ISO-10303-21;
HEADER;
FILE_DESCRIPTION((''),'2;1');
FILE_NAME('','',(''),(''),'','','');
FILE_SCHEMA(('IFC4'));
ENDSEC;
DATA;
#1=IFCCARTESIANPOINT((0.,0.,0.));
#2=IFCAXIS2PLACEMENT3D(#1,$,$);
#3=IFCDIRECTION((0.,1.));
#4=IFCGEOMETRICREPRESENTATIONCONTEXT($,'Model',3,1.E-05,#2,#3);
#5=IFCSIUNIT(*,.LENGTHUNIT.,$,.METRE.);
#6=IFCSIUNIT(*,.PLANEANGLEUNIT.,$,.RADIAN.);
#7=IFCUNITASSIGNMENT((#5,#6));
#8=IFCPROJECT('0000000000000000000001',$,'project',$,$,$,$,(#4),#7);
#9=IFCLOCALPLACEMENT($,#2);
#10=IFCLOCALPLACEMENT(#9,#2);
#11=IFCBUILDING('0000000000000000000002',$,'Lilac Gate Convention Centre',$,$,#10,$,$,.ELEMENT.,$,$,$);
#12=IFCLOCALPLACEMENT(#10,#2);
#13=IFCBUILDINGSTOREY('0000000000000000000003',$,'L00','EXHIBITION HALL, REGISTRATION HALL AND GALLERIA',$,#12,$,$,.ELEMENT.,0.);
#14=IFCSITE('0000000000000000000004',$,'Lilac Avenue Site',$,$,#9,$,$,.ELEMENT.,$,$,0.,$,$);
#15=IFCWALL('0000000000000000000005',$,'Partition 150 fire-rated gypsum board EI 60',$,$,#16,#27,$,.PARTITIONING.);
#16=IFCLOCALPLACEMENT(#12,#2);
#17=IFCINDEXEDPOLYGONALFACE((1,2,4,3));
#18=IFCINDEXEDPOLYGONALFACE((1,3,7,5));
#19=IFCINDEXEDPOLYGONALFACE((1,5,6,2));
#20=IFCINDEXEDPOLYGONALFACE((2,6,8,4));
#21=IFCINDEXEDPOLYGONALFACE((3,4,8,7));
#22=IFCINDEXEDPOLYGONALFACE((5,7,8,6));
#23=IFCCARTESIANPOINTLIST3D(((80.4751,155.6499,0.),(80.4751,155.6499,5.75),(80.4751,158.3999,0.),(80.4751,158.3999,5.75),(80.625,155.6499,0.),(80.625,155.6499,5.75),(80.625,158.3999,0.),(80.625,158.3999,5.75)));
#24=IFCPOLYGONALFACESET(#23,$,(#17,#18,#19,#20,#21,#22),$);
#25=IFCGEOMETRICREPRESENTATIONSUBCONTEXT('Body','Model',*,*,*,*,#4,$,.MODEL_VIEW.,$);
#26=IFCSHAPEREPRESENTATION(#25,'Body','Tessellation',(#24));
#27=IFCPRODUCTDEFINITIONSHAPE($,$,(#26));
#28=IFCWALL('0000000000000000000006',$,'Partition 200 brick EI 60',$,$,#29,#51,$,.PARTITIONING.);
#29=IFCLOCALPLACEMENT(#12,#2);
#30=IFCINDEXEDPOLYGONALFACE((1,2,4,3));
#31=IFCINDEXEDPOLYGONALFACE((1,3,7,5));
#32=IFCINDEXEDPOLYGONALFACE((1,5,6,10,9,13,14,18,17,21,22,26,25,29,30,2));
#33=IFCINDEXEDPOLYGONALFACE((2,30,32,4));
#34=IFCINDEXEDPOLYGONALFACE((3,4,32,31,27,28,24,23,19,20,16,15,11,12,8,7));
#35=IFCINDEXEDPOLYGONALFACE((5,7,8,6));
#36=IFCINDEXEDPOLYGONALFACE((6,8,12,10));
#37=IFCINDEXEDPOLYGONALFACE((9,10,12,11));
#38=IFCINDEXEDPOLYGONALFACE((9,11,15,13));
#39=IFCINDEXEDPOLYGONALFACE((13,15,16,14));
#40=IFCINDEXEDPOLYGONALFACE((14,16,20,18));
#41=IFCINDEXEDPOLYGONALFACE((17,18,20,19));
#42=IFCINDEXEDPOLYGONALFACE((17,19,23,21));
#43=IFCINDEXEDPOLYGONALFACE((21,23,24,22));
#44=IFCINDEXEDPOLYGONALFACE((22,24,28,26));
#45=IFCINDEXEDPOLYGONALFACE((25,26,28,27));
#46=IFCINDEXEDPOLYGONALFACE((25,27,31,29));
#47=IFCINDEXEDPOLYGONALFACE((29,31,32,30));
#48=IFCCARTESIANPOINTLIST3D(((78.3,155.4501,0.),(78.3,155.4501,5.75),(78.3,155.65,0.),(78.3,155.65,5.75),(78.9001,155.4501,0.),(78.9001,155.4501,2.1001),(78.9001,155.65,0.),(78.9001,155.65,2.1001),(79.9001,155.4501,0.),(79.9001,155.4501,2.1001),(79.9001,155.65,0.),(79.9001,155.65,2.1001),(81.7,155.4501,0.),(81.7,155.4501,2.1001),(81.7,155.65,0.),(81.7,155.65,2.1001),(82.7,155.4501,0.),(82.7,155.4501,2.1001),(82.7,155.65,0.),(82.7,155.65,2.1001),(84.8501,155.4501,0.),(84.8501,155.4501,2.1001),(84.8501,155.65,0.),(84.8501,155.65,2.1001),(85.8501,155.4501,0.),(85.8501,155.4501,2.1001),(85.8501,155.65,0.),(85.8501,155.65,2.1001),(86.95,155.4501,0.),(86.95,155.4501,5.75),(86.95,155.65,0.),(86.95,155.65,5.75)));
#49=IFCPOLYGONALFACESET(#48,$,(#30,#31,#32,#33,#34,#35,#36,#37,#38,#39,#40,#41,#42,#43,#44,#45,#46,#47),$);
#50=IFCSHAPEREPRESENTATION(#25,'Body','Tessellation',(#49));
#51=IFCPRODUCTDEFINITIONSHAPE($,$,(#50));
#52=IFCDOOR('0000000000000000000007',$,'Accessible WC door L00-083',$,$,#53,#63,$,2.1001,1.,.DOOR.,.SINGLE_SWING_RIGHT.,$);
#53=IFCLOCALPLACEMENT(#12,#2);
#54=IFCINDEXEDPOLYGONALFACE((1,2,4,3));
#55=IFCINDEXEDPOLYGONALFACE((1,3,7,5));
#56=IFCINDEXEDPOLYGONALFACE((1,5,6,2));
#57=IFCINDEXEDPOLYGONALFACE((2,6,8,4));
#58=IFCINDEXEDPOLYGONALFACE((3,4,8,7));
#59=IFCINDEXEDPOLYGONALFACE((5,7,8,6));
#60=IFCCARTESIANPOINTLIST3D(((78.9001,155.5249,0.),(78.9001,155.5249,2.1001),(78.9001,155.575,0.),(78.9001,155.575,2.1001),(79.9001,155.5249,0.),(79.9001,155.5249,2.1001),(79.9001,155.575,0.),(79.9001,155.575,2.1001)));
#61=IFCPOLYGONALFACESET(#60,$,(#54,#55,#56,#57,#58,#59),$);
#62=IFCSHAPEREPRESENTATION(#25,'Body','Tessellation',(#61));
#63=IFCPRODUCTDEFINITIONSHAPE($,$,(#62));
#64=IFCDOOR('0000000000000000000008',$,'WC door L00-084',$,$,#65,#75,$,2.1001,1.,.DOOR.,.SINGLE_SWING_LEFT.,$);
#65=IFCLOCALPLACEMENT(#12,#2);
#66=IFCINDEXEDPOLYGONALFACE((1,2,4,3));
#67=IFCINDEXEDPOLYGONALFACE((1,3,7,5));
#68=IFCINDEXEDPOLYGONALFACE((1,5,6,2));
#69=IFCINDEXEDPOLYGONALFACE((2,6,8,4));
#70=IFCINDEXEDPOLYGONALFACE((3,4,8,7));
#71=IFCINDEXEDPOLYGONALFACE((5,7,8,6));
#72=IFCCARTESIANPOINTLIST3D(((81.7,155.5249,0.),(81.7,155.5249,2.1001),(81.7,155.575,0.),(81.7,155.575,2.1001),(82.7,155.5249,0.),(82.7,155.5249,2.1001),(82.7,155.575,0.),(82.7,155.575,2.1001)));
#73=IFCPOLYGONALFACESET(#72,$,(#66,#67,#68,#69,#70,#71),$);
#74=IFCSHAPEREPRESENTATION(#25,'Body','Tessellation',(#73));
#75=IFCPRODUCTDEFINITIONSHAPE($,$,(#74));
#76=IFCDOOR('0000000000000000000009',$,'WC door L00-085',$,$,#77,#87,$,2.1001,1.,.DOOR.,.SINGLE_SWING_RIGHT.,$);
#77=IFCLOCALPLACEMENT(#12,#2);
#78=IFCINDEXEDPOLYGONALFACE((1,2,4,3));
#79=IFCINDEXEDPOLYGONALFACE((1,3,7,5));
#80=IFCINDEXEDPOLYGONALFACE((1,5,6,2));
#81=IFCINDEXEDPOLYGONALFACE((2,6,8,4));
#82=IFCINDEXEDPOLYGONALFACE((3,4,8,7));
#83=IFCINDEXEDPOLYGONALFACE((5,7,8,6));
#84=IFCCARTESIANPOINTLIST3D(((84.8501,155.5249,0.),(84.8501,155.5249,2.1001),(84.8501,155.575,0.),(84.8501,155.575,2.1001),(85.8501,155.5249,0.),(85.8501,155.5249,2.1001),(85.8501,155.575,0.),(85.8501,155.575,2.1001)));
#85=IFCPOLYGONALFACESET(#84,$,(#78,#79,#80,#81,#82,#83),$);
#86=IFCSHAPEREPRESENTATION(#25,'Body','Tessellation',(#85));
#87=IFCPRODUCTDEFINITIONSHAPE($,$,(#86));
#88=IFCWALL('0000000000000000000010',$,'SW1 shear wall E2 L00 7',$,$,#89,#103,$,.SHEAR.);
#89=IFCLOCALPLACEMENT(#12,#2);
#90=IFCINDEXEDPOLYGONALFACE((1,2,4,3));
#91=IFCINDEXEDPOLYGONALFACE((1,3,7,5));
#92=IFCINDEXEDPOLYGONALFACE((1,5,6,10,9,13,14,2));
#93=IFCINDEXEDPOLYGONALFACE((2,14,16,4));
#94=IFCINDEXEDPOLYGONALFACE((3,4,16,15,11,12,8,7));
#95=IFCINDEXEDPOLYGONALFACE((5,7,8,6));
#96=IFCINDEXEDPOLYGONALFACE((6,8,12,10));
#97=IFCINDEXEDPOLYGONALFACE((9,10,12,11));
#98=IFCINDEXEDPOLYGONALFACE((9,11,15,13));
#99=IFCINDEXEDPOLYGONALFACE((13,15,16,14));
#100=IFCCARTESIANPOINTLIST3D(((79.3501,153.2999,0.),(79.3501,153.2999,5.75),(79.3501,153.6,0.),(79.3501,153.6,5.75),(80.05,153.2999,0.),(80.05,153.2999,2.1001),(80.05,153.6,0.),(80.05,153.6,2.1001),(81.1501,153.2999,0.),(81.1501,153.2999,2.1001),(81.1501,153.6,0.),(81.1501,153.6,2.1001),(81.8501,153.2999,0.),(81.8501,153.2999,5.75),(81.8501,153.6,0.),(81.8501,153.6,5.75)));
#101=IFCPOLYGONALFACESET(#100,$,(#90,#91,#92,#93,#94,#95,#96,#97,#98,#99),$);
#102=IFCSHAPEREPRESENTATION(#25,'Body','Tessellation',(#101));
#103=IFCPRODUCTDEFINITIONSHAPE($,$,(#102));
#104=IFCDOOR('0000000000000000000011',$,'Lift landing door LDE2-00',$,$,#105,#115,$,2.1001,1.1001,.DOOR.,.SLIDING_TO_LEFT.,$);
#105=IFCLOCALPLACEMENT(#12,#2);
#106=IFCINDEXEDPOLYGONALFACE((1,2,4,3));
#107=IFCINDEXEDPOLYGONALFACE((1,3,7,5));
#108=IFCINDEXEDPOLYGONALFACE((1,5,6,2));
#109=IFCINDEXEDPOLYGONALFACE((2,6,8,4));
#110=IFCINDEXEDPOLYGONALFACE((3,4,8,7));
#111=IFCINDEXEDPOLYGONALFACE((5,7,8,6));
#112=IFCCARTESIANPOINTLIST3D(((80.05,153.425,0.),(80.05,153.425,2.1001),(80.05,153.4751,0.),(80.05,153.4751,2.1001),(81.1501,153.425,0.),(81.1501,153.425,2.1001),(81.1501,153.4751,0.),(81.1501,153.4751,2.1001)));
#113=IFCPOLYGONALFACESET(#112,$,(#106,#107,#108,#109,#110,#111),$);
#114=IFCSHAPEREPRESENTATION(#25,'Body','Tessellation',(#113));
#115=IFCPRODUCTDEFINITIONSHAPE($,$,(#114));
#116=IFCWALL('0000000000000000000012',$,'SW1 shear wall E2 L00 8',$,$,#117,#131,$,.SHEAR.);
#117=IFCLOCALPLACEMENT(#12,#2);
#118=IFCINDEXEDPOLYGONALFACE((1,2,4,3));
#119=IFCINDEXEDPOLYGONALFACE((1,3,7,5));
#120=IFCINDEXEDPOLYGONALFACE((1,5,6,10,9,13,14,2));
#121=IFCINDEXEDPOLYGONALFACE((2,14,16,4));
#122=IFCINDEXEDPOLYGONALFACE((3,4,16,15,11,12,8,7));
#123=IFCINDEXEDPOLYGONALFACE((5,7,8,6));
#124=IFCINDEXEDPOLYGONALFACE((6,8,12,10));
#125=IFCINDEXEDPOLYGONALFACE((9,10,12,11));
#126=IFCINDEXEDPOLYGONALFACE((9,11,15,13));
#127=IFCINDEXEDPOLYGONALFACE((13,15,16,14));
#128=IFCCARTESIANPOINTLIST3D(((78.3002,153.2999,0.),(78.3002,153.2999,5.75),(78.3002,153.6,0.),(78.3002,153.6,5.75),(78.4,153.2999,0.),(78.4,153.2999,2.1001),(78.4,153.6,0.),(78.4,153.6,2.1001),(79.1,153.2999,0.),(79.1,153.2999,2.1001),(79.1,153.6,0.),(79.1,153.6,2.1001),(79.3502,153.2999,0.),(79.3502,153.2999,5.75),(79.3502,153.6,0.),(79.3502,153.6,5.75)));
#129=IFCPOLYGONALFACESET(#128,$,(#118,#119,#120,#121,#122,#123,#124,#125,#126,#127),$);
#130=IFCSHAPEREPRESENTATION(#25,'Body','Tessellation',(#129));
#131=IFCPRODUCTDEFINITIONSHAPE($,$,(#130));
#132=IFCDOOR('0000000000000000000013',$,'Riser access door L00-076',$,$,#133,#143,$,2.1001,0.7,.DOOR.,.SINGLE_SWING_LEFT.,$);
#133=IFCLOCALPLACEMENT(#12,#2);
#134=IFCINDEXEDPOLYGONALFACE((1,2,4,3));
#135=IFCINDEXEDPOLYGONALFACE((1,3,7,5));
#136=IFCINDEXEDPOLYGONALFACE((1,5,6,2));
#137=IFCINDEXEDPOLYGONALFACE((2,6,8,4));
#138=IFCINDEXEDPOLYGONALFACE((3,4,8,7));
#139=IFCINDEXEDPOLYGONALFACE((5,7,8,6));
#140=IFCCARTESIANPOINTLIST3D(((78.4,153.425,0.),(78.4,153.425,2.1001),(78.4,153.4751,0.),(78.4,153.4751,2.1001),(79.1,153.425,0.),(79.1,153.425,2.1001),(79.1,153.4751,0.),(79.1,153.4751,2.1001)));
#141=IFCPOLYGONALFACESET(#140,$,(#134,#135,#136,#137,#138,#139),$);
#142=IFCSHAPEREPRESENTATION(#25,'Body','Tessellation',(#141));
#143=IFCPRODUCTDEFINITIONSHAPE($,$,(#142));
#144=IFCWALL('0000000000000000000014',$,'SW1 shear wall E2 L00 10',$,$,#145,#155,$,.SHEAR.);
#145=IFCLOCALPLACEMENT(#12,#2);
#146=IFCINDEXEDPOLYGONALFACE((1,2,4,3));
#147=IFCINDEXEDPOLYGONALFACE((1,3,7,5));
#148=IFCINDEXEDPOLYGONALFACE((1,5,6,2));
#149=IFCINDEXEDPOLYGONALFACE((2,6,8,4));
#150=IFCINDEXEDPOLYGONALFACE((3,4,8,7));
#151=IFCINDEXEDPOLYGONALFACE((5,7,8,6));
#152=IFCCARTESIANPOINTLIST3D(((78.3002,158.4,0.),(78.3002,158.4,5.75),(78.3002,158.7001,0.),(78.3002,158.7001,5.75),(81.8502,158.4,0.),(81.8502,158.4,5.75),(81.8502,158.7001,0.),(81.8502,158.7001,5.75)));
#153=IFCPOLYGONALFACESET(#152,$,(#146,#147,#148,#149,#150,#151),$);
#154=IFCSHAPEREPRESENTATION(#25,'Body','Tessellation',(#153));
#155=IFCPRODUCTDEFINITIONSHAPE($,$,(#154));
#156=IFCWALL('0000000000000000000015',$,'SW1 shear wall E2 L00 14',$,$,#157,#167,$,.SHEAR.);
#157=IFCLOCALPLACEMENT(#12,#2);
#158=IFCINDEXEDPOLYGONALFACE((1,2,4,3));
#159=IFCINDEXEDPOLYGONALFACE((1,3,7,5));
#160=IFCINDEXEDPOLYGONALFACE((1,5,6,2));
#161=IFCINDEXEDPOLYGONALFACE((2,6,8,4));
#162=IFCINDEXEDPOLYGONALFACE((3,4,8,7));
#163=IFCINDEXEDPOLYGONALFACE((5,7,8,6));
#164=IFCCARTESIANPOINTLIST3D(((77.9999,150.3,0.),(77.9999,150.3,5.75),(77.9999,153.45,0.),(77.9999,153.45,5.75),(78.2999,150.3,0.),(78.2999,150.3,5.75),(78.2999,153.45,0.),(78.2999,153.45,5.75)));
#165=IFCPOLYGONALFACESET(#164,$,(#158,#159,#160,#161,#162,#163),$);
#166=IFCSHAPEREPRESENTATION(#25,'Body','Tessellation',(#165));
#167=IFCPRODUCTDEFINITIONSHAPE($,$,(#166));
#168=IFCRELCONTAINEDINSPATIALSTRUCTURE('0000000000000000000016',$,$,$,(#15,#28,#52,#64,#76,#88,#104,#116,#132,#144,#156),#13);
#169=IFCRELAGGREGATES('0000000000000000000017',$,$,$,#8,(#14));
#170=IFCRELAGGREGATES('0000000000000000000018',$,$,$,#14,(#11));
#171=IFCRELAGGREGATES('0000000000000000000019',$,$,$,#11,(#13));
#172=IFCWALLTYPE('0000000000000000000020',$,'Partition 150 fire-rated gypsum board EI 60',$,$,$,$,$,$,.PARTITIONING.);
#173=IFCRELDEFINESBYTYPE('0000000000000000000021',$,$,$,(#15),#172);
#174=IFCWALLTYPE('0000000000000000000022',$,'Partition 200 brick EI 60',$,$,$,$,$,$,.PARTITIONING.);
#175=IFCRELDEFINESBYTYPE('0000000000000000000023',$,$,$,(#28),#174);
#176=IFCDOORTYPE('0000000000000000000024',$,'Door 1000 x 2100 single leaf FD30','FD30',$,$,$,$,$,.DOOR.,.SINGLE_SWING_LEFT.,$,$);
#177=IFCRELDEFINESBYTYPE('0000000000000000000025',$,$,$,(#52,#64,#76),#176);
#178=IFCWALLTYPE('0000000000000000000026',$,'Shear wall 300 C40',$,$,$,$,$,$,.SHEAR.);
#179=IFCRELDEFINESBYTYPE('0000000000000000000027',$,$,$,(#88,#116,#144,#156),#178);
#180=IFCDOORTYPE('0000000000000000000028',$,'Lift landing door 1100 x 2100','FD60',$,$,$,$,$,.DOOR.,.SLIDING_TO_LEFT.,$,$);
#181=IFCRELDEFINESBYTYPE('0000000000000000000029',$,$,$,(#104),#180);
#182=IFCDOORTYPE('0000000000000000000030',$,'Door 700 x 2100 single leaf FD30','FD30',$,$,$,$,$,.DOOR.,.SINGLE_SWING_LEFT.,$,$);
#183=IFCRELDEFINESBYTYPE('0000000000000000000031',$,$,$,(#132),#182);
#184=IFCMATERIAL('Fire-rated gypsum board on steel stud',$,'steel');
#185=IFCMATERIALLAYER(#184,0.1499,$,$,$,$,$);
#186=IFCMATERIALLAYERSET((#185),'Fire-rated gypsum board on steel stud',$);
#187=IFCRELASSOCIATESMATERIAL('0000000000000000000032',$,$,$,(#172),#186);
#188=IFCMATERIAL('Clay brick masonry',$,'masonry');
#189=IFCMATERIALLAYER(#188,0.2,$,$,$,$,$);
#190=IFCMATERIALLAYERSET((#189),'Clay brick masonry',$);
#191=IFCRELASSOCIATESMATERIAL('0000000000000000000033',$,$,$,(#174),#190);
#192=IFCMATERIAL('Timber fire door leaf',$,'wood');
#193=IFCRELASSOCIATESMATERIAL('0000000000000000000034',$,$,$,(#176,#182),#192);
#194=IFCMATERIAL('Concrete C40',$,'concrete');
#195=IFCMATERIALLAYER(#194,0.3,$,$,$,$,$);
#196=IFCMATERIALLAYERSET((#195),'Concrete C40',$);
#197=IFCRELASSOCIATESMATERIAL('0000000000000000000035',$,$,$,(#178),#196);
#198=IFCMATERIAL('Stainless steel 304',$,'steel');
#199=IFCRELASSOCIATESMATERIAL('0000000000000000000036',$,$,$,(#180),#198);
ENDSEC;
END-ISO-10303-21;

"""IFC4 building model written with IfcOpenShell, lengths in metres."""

from ifc_helpers import new_model, si_unit, direction, frame, frame_2d, origin, place, context, subcontext, project, spatial, rectangle, extrude, material, layer, layer_set, type_object, element, fill, save


model = new_model("IFC4")

# Units and contexts
model_context = context("Model", 3, precision=1e-05, world=origin(), true_north=direction((0.0, 1.0)))
body_context = subcontext(model_context, "Body", "Model", "MODEL_VIEW")
ifc_project = project(units=[si_unit("LENGTHUNIT", "METRE"), si_unit("PLANEANGLEUNIT", "RADIAN")], contexts=[model_context])

# Site, building, storey
site_placement = place(None, origin())
site = spatial("IfcSite", under=ifc_project, at=site_placement, Name="Lilac Avenue Site", CompositionType="ELEMENT", RefElevation=0.0)
building_placement = place(site_placement, origin())
building = spatial("IfcBuilding", under=site, at=building_placement, Name="Lilac Gate Convention Centre", CompositionType="ELEMENT")
storey_placement = place(building_placement, origin())
storey = spatial("IfcBuildingStorey", under=building, at=storey_placement, Name="L00", Description="EXHIBITION HALL, REGISTRATION HALL AND GALLERIA", CompositionType="ELEMENT", Elevation=0.0)

# Wall
ifc_material_1 = material(Name="Fire-rated gypsum board on steel stud", Category="steel")
ifc_layer_1 = layer(ifc_material_1, 0.1499)
ifc_layer_set_1 = layer_set([ifc_layer_1], Name="Fire-rated gypsum board on steel stud")
wall_type_1 = type_object("IfcWallType", Name="Partition 150 fire-rated gypsum board EI 60", PredefinedType="PARTITIONING", material=ifc_layer_set_1)
wall_1_placement = place(storey_placement, frame((80.55, 155.6499, 0.0), z_axis=(0.0, 0.0, 1.0), x_axis=(0.0, 1.0, 0.0)))
element("IfcWall", 1, at=wall_1_placement, inside=storey, type_object=wall_type_1, Name="Partition 150 fire-rated gypsum board EI 60", PredefinedType="PARTITIONING", context=body_context, shape_type="SweptSolid", body=[
    extrude(rectangle(XDim=2.75, YDim=0.1499, at=frame_2d((1.375, 0.0))), origin(), (0.0, 0.0, 1.0), 5.75),
])

# Wall, openings, doors
ifc_material_2 = material(Name="Clay brick masonry", Category="masonry")
ifc_layer_2 = layer(ifc_material_2, 0.2)
ifc_layer_set_2 = layer_set([ifc_layer_2], Name="Clay brick masonry")
wall_type_2 = type_object("IfcWallType", Name="Partition 200 brick EI 60", PredefinedType="PARTITIONING", material=ifc_layer_set_2)
wall_2_placement = place(storey_placement, frame((78.3, 155.55, 0.0), z_axis=(0.0, 0.0, 1.0), x_axis=(1.0, 0.0, 0.0)))
wall_2 = element("IfcWall", 2, at=wall_2_placement, inside=storey, type_object=wall_type_2, Name="Partition 200 brick EI 60", PredefinedType="PARTITIONING", context=body_context, shape_type="SweptSolid", body=[
    extrude(rectangle(XDim=8.6499, YDim=0.2, at=frame_2d((4.325, 0.0))), origin(), (0.0, 0.0, 1.0), 5.75),
])
opening_1_placement = place(wall_2_placement, frame((0.6001, 0.0, 0.0)))
opening_1 = element("IfcOpeningElement", 3, at=opening_1_placement, cuts=wall_2, PredefinedType="OPENING", context=body_context, shape_type="SweptSolid", body=[
    extrude(rectangle(XDim=1.0, YDim=2.1001, at=frame_2d((0.5, 1.05))), frame((0.0, 0.1099, 0.0), z_axis=(0.0, -1.0, 0.0), x_axis=(1.0, 0.0, 0.0)), (0.0, 0.0, 1.0), 0.22),
])
opening_2_placement = place(wall_2_placement, frame((3.3999, 0.0, 0.0)))
opening_2 = element("IfcOpeningElement", 4, at=opening_2_placement, cuts=wall_2, PredefinedType="OPENING", context=body_context, shape_type="SweptSolid", body=[
    extrude(rectangle(XDim=1.0, YDim=2.1001, at=frame_2d((0.5, 1.05))), frame((0.0, 0.1099, 0.0), z_axis=(0.0, -1.0, 0.0), x_axis=(1.0, 0.0, 0.0)), (0.0, 0.0, 1.0), 0.22),
])
opening_3_placement = place(wall_2_placement, frame((6.55, 0.0, 0.0)))
opening_3 = element("IfcOpeningElement", 5, at=opening_3_placement, cuts=wall_2, PredefinedType="OPENING", context=body_context, shape_type="SweptSolid", body=[
    extrude(rectangle(XDim=1.0, YDim=2.1001, at=frame_2d((0.5, 1.05))), frame((0.0, 0.1099, 0.0), z_axis=(0.0, -1.0, 0.0), x_axis=(1.0, 0.0, 0.0)), (0.0, 0.0, 1.0), 0.22),
])
ifc_material_3 = material(Name="Timber fire door leaf", Category="wood")
door_type_1 = type_object("IfcDoorType", Name="Door 1000 x 2100 single leaf FD30", Description="FD30", OperationType="SINGLE_SWING_LEFT", PredefinedType="DOOR", material=ifc_material_3)
door_1_placement = place(opening_1_placement, origin())
door_1 = element("IfcDoor", 6, at=door_1_placement, inside=storey, type_object=door_type_1, Name="Accessible WC door L00-083", OperationType="SINGLE_SWING_RIGHT", OverallHeight=2.1001, OverallWidth=1.0, PredefinedType="DOOR", context=body_context, shape_type="SweptSolid", body=[
    extrude(rectangle(XDim=1.0, YDim=2.1001, at=frame_2d((0.5, 1.05))), frame((0.0, 0.0249, 0.0), z_axis=(0.0, -1.0, 0.0), x_axis=(1.0, 0.0, 0.0)), (0.0, 0.0, 1.0), 0.05),
])
fill(opening_1, door_1)
door_2_placement = place(opening_2_placement, origin())
door_2 = element("IfcDoor", 7, at=door_2_placement, inside=storey, type_object=door_type_1, Name="WC door L00-084", OperationType="SINGLE_SWING_LEFT", OverallHeight=2.1001, OverallWidth=1.0, PredefinedType="DOOR", context=body_context, shape_type="SweptSolid", body=[
    extrude(rectangle(XDim=1.0, YDim=2.1001, at=frame_2d((0.5, 1.05))), frame((0.0, 0.0249, 0.0), z_axis=(0.0, -1.0, 0.0), x_axis=(1.0, 0.0, 0.0)), (0.0, 0.0, 1.0), 0.05),
])
fill(opening_2, door_2)
door_3_placement = place(opening_3_placement, origin())
door_3 = element("IfcDoor", 8, at=door_3_placement, inside=storey, type_object=door_type_1, Name="WC door L00-085", OperationType="SINGLE_SWING_RIGHT", OverallHeight=2.1001, OverallWidth=1.0, PredefinedType="DOOR", context=body_context, shape_type="SweptSolid", body=[
    extrude(rectangle(XDim=1.0, YDim=2.1001, at=frame_2d((0.5, 1.05))), frame((0.0, 0.0249, 0.0), z_axis=(0.0, -1.0, 0.0), x_axis=(1.0, 0.0, 0.0)), (0.0, 0.0, 1.0), 0.05),
])
fill(opening_3, door_3)

# Walls, openings, doors
ifc_material_4 = material(Name="Concrete C40", Category="concrete")
ifc_layer_3 = layer(ifc_material_4, 0.3)
ifc_layer_set_3 = layer_set([ifc_layer_3], Name="Concrete C40")
wall_type_3 = type_object("IfcWallType", Name="Shear wall 300 C40", PredefinedType="SHEAR", material=ifc_layer_set_3)
wall_3_placement = place(storey_placement, frame((81.8501, 153.45, 0.0), z_axis=(0.0, 0.0, 1.0), x_axis=(-1.0, 0.0, 0.0)))
wall_3 = element("IfcWall", 9, at=wall_3_placement, inside=storey, type_object=wall_type_3, Name="SW1 shear wall E2 L00 7", PredefinedType="SHEAR", context=body_context, shape_type="SweptSolid", body=[
    extrude(rectangle(XDim=2.5, YDim=0.3, at=frame_2d((1.25, 0.0))), origin(), (0.0, 0.0, 1.0), 5.75),
])
opening_4_placement = place(wall_3_placement, frame((0.7, 0.0, 0.0)))
opening_4 = element("IfcOpeningElement", 10, at=opening_4_placement, cuts=wall_3, PredefinedType="OPENING", context=body_context, shape_type="SweptSolid", body=[
    extrude(rectangle(XDim=1.1001, YDim=2.1001, at=frame_2d((0.55, 1.05))), frame((0.0, 0.1599, 0.0), z_axis=(0.0, -1.0, 0.0), x_axis=(1.0, 0.0, 0.0)), (0.0, 0.0, 1.0), 0.3201),
])
ifc_material_5 = material(Name="Stainless steel 304", Category="steel")
door_type_2 = type_object("IfcDoorType", Name="Lift landing door 1100 x 2100", Description="FD60", OperationType="SLIDING_TO_LEFT", PredefinedType="DOOR", material=ifc_material_5)
door_4_placement = place(opening_4_placement, origin())
door_4 = element("IfcDoor", 11, at=door_4_placement, inside=storey, type_object=door_type_2, Name="Lift landing door LDE2-00", OperationType="SLIDING_TO_LEFT", OverallHeight=2.1001, OverallWidth=1.1001, PredefinedType="DOOR", context=body_context, shape_type="SweptSolid", body=[
    extrude(rectangle(XDim=1.1001, YDim=2.1001, at=frame_2d((0.55, 1.05))), frame((0.0, 0.0249, 0.0), z_axis=(0.0, -1.0, 0.0), x_axis=(1.0, 0.0, 0.0)), (0.0, 0.0, 1.0), 0.05),
])
fill(opening_4, door_4)
wall_4_placement = place(storey_placement, frame((79.3501, 153.45, 0.0), z_axis=(0.0, 0.0, 1.0), x_axis=(-1.0, 0.0, 0.0)))
wall_4 = element("IfcWall", 12, at=wall_4_placement, inside=storey, type_object=wall_type_3, Name="SW1 shear wall E2 L00 8", PredefinedType="SHEAR", context=body_context, shape_type="SweptSolid", body=[
    extrude(rectangle(XDim=1.05, YDim=0.3, at=frame_2d((0.5249, 0.0))), origin(), (0.0, 0.0, 1.0), 5.75),
])
opening_5_placement = place(wall_4_placement, frame((0.25, 0.0, 0.0)))
opening_5 = element("IfcOpeningElement", 13, at=opening_5_placement, cuts=wall_4, PredefinedType="OPENING", context=body_context, shape_type="SweptSolid", body=[
    extrude(rectangle(XDim=0.7, YDim=2.1001, at=frame_2d((0.3501, 1.05))), frame((0.0, 0.1599, 0.0), z_axis=(0.0, -1.0, 0.0), x_axis=(1.0, 0.0, 0.0)), (0.0, 0.0, 1.0), 0.3201),
])
door_type_3 = type_object("IfcDoorType", Name="Door 700 x 2100 single leaf FD30", Description="FD30", OperationType="SINGLE_SWING_LEFT", PredefinedType="DOOR", material=ifc_material_3)
door_5_placement = place(opening_5_placement, origin())
door_5 = element("IfcDoor", 14, at=door_5_placement, inside=storey, type_object=door_type_3, Name="Riser access door L00-076", OperationType="SINGLE_SWING_LEFT", OverallHeight=2.1001, OverallWidth=0.7, PredefinedType="DOOR", context=body_context, shape_type="SweptSolid", body=[
    extrude(rectangle(XDim=0.7, YDim=2.1001, at=frame_2d((0.3501, 1.05))), frame((0.0, 0.0249, 0.0), z_axis=(0.0, -1.0, 0.0), x_axis=(1.0, 0.0, 0.0)), (0.0, 0.0, 1.0), 0.05),
])
fill(opening_5, door_5)

# Walls
wall_5_placement = place(storey_placement, frame((81.8501, 158.55, 0.0), z_axis=(0.0, 0.0, 1.0), x_axis=(-1.0, 0.0, 0.0)))
element("IfcWall", 15, at=wall_5_placement, inside=storey, type_object=wall_type_3, Name="SW1 shear wall E2 L00 10", PredefinedType="SHEAR", context=body_context, shape_type="SweptSolid", body=[
    extrude(rectangle(XDim=3.55, YDim=0.3, at=frame_2d((1.7749, 0.0))), origin(), (0.0, 0.0, 1.0), 5.75),
])
wall_6_placement = place(storey_placement, frame((78.1499, 150.3, 0.0), z_axis=(0.0, 0.0, 1.0), x_axis=(0.0, 1.0, 0.0)))
element("IfcWall", 16, at=wall_6_placement, inside=storey, type_object=wall_type_3, Name="SW1 shear wall E2 L00 14", PredefinedType="SHEAR", context=body_context, shape_type="SweptSolid", body=[
    extrude(rectangle(XDim=3.1499, YDim=0.3, at=frame_2d((1.575, 0.0))), origin(), (0.0, 0.0, 1.0), 5.75),
])

save(model, "model.ifc")
